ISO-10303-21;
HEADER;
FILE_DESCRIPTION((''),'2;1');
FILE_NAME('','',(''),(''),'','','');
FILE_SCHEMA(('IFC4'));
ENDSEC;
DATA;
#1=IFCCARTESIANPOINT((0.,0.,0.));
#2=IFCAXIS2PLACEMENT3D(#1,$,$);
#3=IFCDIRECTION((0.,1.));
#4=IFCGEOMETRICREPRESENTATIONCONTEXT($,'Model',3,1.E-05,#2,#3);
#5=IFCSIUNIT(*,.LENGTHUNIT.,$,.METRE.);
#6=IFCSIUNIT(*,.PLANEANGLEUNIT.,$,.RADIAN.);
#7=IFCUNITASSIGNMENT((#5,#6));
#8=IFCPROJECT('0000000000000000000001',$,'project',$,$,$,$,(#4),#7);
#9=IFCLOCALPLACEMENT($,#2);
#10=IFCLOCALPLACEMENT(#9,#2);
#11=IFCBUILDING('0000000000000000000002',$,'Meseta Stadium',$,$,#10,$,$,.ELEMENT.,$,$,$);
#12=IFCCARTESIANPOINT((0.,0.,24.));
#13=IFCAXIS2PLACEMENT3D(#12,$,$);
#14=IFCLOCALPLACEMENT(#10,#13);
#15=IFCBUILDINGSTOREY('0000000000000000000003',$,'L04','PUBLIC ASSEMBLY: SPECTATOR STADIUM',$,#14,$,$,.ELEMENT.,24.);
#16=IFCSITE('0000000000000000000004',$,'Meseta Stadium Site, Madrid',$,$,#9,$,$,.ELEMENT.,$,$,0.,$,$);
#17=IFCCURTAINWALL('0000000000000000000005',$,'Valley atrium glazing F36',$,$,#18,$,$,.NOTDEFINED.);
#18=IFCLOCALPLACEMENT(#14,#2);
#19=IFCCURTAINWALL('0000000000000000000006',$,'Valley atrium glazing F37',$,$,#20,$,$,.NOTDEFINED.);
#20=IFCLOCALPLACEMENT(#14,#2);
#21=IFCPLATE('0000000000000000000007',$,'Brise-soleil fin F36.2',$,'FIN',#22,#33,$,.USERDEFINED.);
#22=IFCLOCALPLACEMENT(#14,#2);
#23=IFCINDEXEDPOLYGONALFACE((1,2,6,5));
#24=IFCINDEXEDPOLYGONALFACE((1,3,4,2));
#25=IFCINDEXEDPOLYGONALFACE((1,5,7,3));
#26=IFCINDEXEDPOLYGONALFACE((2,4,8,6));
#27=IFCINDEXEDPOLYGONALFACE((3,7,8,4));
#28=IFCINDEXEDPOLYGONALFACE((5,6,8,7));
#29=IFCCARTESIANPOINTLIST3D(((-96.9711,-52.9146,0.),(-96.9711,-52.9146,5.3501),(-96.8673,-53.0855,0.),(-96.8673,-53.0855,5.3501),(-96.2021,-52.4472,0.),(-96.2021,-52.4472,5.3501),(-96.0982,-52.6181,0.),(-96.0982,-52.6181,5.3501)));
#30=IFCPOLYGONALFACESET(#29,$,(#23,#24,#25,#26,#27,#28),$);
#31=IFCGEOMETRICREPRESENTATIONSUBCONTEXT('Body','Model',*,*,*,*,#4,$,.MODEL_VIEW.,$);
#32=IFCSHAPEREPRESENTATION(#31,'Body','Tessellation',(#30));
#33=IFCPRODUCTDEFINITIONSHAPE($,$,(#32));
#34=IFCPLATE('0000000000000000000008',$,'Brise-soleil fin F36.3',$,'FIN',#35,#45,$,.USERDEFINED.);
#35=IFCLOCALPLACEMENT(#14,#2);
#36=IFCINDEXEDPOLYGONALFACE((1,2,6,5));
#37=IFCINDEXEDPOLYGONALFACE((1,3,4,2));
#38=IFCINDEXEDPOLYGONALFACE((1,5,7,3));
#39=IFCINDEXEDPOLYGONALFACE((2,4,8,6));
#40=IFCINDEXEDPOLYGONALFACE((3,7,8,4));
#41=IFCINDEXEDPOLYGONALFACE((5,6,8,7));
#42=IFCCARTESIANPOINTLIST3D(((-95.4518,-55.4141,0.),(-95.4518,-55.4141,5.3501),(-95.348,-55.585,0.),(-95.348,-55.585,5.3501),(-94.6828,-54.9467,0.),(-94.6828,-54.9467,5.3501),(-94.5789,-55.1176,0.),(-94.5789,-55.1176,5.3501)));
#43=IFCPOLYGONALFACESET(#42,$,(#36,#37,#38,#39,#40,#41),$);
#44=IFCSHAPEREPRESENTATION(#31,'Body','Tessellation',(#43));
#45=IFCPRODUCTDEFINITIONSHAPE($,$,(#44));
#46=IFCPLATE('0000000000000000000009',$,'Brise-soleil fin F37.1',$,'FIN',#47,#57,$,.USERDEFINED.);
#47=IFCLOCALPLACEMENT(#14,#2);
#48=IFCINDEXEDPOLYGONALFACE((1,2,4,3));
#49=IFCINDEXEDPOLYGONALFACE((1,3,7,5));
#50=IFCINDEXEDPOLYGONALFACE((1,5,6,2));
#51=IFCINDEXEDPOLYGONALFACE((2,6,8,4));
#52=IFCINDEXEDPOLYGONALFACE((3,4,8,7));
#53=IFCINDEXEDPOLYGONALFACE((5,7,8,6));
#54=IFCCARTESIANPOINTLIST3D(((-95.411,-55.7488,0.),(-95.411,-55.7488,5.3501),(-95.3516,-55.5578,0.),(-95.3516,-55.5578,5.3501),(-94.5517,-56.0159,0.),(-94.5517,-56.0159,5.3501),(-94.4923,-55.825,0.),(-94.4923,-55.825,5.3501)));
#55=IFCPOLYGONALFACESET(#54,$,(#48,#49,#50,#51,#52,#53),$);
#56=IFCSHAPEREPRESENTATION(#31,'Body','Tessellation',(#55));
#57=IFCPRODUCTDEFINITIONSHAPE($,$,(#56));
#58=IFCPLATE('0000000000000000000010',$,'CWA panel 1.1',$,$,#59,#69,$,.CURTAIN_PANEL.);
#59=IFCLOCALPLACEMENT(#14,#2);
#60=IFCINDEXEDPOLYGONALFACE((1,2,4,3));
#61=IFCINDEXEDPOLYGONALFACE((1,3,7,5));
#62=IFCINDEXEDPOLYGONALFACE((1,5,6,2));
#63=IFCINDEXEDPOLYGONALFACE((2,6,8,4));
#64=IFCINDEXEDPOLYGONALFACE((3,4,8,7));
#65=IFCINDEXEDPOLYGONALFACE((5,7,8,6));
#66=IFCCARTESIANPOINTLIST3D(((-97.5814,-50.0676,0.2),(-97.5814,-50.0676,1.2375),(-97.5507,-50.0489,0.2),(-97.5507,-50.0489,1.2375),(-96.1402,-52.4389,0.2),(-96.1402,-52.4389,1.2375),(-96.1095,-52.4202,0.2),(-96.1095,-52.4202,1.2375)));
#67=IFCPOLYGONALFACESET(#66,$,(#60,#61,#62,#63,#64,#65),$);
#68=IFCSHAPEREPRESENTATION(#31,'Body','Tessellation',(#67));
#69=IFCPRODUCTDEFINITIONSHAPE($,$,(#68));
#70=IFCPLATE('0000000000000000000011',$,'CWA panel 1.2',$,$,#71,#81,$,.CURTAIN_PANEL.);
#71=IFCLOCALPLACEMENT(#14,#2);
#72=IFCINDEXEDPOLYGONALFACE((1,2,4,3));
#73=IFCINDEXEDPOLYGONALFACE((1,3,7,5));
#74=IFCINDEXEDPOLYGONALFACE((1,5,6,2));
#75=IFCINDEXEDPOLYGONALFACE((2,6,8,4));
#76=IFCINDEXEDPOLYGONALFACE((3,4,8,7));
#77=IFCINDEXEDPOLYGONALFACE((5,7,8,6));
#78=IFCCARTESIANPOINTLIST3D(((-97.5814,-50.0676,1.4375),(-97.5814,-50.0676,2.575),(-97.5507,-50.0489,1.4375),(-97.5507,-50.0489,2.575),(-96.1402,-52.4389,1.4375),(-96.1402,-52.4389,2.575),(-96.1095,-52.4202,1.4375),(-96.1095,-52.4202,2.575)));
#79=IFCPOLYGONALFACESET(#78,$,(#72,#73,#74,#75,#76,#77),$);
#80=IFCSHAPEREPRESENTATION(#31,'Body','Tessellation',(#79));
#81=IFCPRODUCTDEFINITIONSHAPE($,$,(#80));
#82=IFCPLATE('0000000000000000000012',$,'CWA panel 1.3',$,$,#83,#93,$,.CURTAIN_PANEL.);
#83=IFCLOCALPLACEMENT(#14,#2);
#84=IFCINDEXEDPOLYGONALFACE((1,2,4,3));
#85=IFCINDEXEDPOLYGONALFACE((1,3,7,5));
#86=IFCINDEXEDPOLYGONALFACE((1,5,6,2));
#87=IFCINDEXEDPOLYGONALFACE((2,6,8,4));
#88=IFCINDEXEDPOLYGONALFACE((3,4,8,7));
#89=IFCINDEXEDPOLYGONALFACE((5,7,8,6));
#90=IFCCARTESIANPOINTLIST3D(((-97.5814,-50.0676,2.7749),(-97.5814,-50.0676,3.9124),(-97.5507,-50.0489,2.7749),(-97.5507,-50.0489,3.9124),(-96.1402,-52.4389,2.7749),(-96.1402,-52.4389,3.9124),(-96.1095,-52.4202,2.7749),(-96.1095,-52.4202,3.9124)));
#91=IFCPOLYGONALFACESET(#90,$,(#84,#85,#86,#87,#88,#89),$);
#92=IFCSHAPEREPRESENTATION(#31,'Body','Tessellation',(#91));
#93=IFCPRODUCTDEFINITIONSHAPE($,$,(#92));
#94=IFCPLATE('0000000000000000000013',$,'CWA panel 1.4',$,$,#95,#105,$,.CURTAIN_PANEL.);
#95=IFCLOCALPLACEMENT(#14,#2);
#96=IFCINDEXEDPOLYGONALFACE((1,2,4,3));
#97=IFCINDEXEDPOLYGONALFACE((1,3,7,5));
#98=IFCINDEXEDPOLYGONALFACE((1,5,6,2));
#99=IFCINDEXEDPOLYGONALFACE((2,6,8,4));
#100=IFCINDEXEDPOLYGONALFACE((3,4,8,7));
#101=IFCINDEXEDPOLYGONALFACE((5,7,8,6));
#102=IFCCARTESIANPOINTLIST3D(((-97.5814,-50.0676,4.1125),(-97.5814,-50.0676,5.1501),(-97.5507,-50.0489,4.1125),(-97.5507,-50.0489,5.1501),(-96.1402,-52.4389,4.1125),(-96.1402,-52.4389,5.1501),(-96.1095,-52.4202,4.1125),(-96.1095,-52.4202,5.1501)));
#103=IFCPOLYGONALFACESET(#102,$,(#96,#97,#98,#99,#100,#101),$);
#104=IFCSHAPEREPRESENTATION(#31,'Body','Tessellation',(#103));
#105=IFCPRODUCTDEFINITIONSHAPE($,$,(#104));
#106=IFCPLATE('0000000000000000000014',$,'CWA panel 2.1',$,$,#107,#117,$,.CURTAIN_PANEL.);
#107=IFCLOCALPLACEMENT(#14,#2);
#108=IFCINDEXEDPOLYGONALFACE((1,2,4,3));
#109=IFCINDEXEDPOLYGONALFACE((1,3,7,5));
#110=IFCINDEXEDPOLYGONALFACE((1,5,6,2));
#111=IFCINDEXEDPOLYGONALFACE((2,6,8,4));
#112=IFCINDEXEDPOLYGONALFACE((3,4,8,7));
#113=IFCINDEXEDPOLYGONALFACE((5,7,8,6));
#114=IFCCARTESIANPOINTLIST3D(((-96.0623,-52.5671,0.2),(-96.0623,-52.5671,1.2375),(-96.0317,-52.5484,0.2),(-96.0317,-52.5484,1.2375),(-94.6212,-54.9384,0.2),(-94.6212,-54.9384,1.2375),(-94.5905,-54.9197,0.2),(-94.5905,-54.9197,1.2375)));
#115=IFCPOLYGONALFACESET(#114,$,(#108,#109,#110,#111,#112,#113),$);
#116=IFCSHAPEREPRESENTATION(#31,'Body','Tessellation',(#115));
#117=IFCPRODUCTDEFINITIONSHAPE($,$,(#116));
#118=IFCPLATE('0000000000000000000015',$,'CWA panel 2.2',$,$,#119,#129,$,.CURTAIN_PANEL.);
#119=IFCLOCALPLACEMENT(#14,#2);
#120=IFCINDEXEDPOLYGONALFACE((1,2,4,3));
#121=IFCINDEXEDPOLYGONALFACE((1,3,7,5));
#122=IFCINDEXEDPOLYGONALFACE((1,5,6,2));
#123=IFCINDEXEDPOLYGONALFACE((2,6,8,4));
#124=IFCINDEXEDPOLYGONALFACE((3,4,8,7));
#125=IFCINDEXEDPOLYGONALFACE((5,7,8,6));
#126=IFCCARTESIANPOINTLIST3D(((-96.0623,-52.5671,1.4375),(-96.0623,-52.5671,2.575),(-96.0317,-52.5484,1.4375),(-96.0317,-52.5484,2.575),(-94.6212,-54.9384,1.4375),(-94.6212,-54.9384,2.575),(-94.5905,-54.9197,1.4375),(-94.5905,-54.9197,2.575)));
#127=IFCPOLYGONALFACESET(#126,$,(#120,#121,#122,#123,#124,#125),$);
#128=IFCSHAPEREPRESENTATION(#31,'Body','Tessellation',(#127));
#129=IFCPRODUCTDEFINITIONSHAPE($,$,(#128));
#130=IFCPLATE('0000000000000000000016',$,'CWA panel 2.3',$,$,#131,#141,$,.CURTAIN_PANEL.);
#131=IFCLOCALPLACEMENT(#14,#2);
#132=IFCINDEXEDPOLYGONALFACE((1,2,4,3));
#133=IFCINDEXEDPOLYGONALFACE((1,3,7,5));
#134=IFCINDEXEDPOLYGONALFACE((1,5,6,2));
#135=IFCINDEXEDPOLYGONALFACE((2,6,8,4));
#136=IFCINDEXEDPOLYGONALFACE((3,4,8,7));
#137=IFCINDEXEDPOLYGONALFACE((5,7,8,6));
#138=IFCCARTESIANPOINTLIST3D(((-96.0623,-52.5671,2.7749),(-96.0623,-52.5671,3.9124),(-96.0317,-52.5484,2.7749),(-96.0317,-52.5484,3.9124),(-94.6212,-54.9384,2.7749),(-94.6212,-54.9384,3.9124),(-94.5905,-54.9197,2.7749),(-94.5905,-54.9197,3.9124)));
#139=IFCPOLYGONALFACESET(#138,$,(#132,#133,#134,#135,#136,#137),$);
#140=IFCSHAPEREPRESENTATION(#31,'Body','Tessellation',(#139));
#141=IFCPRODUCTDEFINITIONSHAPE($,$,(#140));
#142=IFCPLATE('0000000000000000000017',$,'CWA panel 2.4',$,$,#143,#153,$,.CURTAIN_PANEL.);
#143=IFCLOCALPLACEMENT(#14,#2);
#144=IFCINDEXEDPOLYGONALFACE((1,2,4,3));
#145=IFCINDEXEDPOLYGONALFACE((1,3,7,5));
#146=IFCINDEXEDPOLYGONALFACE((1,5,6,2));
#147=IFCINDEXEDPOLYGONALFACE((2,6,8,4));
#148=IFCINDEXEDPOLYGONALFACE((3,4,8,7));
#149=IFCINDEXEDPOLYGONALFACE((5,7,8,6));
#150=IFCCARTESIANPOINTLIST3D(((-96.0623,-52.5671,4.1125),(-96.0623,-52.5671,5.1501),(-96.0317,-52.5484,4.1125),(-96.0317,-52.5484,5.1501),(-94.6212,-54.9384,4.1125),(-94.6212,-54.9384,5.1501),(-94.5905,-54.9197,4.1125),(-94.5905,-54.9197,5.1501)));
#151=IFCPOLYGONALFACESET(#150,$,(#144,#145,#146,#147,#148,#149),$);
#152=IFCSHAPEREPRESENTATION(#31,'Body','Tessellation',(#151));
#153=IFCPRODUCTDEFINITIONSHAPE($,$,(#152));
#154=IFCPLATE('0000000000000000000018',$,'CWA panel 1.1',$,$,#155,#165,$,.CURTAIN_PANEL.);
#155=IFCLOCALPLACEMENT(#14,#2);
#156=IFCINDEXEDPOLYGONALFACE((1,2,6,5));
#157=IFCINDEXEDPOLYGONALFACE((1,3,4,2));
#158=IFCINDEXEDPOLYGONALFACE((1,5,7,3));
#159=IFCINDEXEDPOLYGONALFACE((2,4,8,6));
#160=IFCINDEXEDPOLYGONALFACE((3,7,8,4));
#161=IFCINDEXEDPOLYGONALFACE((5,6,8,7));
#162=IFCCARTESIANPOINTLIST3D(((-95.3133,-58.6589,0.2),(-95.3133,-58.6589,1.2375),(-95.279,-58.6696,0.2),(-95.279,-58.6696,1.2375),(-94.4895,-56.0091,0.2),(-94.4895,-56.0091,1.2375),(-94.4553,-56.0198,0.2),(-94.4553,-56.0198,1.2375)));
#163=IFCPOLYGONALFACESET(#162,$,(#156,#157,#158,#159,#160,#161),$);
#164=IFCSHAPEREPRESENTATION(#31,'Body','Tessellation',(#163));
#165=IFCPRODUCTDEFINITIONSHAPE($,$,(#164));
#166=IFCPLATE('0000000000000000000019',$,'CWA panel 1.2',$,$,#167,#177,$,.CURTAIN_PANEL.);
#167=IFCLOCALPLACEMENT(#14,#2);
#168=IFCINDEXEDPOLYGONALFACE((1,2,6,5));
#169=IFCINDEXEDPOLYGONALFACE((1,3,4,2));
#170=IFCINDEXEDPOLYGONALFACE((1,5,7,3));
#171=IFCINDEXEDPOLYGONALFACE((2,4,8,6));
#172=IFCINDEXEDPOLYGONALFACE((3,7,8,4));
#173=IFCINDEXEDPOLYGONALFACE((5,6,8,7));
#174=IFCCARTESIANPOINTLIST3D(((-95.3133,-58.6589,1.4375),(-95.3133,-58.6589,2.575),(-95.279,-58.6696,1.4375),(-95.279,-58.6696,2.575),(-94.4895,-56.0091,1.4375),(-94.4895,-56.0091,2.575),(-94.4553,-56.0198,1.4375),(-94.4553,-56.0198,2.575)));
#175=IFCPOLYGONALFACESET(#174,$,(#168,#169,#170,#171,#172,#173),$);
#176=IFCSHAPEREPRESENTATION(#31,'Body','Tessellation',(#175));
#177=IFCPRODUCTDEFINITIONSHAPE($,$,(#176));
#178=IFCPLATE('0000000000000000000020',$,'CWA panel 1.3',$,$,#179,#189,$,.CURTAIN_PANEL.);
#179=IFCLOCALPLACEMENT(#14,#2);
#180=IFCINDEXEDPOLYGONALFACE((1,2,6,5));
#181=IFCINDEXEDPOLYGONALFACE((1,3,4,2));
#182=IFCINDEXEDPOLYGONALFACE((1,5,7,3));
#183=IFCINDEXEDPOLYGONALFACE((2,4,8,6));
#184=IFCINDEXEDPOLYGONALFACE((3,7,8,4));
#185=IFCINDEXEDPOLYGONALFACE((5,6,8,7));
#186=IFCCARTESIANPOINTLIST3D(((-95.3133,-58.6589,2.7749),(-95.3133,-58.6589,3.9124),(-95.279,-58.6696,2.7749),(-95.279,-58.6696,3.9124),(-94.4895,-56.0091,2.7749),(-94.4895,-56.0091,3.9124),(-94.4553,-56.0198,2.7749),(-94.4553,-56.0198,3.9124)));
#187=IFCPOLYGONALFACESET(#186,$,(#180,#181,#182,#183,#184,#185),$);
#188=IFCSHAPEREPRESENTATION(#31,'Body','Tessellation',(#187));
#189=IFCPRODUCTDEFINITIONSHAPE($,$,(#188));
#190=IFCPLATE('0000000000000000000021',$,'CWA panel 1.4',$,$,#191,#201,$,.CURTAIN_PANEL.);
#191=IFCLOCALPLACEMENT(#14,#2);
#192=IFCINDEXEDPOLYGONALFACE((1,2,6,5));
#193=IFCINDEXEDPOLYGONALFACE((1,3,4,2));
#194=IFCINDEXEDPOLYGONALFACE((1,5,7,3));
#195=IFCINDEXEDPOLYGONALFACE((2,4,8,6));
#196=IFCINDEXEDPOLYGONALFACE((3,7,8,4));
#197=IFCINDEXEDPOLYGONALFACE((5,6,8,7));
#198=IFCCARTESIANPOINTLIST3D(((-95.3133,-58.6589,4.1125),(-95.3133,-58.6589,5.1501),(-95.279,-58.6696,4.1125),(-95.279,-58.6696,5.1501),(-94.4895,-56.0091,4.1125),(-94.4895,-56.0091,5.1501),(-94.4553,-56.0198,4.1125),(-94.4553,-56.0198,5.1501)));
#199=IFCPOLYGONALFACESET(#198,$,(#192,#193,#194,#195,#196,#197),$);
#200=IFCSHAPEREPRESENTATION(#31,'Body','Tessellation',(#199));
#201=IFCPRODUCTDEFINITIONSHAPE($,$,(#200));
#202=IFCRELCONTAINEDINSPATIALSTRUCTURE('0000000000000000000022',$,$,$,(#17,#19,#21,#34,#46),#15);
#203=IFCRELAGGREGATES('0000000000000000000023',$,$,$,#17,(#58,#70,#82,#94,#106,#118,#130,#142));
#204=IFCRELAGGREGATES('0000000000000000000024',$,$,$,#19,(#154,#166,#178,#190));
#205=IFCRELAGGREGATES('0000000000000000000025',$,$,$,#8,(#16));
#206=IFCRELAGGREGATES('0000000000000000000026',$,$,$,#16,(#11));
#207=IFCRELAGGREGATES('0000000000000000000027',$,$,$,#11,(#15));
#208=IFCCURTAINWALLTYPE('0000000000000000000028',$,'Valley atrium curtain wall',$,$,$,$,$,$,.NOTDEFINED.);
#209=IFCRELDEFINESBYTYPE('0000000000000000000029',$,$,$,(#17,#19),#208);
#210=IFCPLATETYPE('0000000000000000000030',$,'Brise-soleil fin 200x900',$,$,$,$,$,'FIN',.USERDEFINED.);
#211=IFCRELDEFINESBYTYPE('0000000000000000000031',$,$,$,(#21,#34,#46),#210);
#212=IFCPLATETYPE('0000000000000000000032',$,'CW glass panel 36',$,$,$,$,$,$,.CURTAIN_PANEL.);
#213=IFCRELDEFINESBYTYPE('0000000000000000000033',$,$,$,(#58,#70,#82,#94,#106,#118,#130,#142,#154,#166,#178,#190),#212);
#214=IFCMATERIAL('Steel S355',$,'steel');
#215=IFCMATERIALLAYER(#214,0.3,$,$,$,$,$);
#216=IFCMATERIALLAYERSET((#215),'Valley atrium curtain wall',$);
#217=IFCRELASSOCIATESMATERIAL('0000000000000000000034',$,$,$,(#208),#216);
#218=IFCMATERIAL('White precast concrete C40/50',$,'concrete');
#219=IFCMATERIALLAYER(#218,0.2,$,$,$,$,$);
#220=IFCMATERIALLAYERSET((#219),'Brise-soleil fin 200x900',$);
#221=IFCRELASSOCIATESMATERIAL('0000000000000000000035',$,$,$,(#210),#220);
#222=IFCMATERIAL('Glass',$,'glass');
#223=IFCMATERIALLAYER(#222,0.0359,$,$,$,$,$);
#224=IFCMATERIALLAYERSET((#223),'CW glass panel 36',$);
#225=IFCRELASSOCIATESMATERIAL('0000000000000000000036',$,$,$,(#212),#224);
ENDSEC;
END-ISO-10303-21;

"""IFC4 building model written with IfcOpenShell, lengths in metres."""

from ifc_helpers import new_model, si_unit, direction, frame, origin, origin_2d, place, context, subcontext, project, spatial, rectangle, extrude, material, layer, layer_set, type_object, element, aggregate, save


model = new_model("IFC4")

# Units and contexts
model_context = context("Model", 3, precision=1e-05, world=origin(), true_north=direction((0.0, 1.0)))
body_context = subcontext(model_context, "Body", "Model", "MODEL_VIEW")
ifc_project = project(units=[si_unit("LENGTHUNIT", "METRE"), si_unit("PLANEANGLEUNIT", "RADIAN")], contexts=[model_context])

# Site, building, storey
site_placement = place(None, origin())
site = spatial("IfcSite", under=ifc_project, at=site_placement, Name="Meseta Stadium Site, Madrid", CompositionType="ELEMENT", RefElevation=0.0)
building_placement = place(site_placement, origin())
building = spatial("IfcBuilding", under=site, at=building_placement, Name="Meseta Stadium", CompositionType="ELEMENT")
storey_placement = place(building_placement, frame((0.0, 0.0, 24.0)))
storey = spatial("IfcBuildingStorey", under=building, at=storey_placement, Name="L04", Description="PUBLIC ASSEMBLY: SPECTATOR STADIUM", CompositionType="ELEMENT", Elevation=24.0)

# Curtain wall
ifc_material_1 = material(Name="Steel S355", Category="steel")
ifc_layer_1 = layer(ifc_material_1, 0.3)
ifc_layer_set_1 = layer_set([ifc_layer_1], Name="Valley atrium curtain wall")
curtain_wall_type = type_object("IfcCurtainWallType", Name="Valley atrium curtain wall", PredefinedType="NOTDEFINED", material=ifc_layer_set_1)
curtain_wall_1_placement = place(storey_placement, origin())
curtain_wall_1 = element("IfcCurtainWall", 1, at=curtain_wall_1_placement, inside=storey, type_object=curtain_wall_type, Name="Valley atrium glazing F36", PredefinedType="NOTDEFINED")

# Curtain wall
curtain_wall_2_placement = place(storey_placement, origin())
curtain_wall_2 = element("IfcCurtainWall", 2, at=curtain_wall_2_placement, inside=storey, type_object=curtain_wall_type, Name="Valley atrium glazing F37", PredefinedType="NOTDEFINED")

# Plates
ifc_material_2 = material(Name="White precast concrete C40/50", Category="concrete")
ifc_layer_2 = layer(ifc_material_2, 0.2)
ifc_layer_set_2 = layer_set([ifc_layer_2], Name="Brise-soleil fin 200x900")
plate_type_1 = type_object("IfcPlateType", Name="Brise-soleil fin 200x900", ElementType="FIN", PredefinedType="USERDEFINED", material=ifc_layer_set_2)
for number, where, z_axis, x_axis, name in (
    (3, (-96.5347, -52.7664, 0.0), (0.0, 0.0, 1.0), (0.519362, -0.854554, 0.0), "Brise-soleil fin F36.2"),
    (4, (-95.0154, -55.2659, 0.0), (0.0, 0.0, 1.0), (0.519362, -0.854554, 0.0), "Brise-soleil fin F36.3"),
    (5, (-94.9517, -55.7869, 0.0), (0.0, 0.0, 1.0), (-0.296869, -0.954918, 0.0), "Brise-soleil fin F37.1"),
):
    element("IfcPlate", number, at=place(storey_placement, frame(where, z_axis=z_axis, x_axis=x_axis)), inside=storey, type_object=plate_type_1, Name=name, ObjectType="FIN", PredefinedType="USERDEFINED", context=body_context, shape_type="SweptSolid", body=[
        extrude(rectangle(XDim=0.2, YDim=0.8999, at=origin_2d()), origin(), (0.0, 0.0, 1.0), 5.3501),
    ])

# Plates
ifc_material_3 = material(Name="Glass", Category="glass")
ifc_layer_3 = layer(ifc_material_3, 0.0359)
ifc_layer_set_3 = layer_set([ifc_layer_3], Name="CW glass panel 36")
plate_type_2 = type_object("IfcPlateType", Name="CW glass panel 36", PredefinedType="CURTAIN_PANEL", material=ifc_layer_set_3)
plate_1_placement = place(storey_placement, frame((-96.8455, -51.2439, 0.2), z_axis=(0.0, 0.0, 1.0), x_axis=(0.519362, -0.854554, 0.0)))
plate_1 = element("IfcPlate", 6, at=plate_1_placement, type_object=plate_type_2, Name="CWA panel 1.1", PredefinedType="CURTAIN_PANEL", context=body_context, shape_type="SweptSolid", body=[
    extrude(rectangle(XDim=2.7749, YDim=0.0359, at=origin_2d()), origin(), (0.0, 0.0, 1.0), 1.0376),
])
plate_2_placement = place(storey_placement, frame((-96.8455, -51.2439, 1.4375), z_axis=(0.0, 0.0, 1.0), x_axis=(0.519362, -0.854554, 0.0)))
plate_2 = element("IfcPlate", 7, at=plate_2_placement, type_object=plate_type_2, Name="CWA panel 1.2", PredefinedType="CURTAIN_PANEL", context=body_context, shape_type="SweptSolid", body=[
    extrude(rectangle(XDim=2.7749, YDim=0.0359, at=origin_2d()), origin(), (0.0, 0.0, 1.0), 1.1375),
])
plate_3_placement = place(storey_placement, frame((-96.8455, -51.2439, 2.7749), z_axis=(0.0, 0.0, 1.0), x_axis=(0.519362, -0.854554, 0.0)))
plate_3 = element("IfcPlate", 8, at=plate_3_placement, type_object=plate_type_2, Name="CWA panel 1.3", PredefinedType="CURTAIN_PANEL", context=body_context, shape_type="SweptSolid", body=[
    extrude(rectangle(XDim=2.7749, YDim=0.0359, at=origin_2d()), origin(), (0.0, 0.0, 1.0), 1.1375),
])
plate_4_placement = place(storey_placement, frame((-96.8455, -51.2439, 4.1125), z_axis=(0.0, 0.0, 1.0), x_axis=(0.519362, -0.854554, 0.0)))
plate_4 = element("IfcPlate", 9, at=plate_4_placement, type_object=plate_type_2, Name="CWA panel 1.4", PredefinedType="CURTAIN_PANEL", context=body_context, shape_type="SweptSolid", body=[
    extrude(rectangle(XDim=2.7749, YDim=0.0359, at=origin_2d()), origin(), (0.0, 0.0, 1.0), 1.0376),
])
plate_5_placement = place(storey_placement, frame((-95.3264, -53.7434, 0.2), z_axis=(0.0, 0.0, 1.0), x_axis=(0.519362, -0.854554, 0.0)))
plate_5 = element("IfcPlate", 10, at=plate_5_placement, type_object=plate_type_2, Name="CWA panel 2.1", PredefinedType="CURTAIN_PANEL", context=body_context, shape_type="SweptSolid", body=[
    extrude(rectangle(XDim=2.7749, YDim=0.0359, at=origin_2d()), origin(), (0.0, 0.0, 1.0), 1.0376),
])
plate_6_placement = place(storey_placement, frame((-95.3264, -53.7434, 1.4375), z_axis=(0.0, 0.0, 1.0), x_axis=(0.519362, -0.854554, 0.0)))
plate_6 = element("IfcPlate", 11, at=plate_6_placement, type_object=plate_type_2, Name="CWA panel 2.2", PredefinedType="CURTAIN_PANEL", context=body_context, shape_type="SweptSolid", body=[
    extrude(rectangle(XDim=2.7749, YDim=0.0359, at=origin_2d()), origin(), (0.0, 0.0, 1.0), 1.1375),
])
plate_7_placement = place(storey_placement, frame((-95.3264, -53.7434, 2.7749), z_axis=(0.0, 0.0, 1.0), x_axis=(0.519362, -0.854554, 0.0)))
plate_7 = element("IfcPlate", 12, at=plate_7_placement, type_object=plate_type_2, Name="CWA panel 2.3", PredefinedType="CURTAIN_PANEL", context=body_context, shape_type="SweptSolid", body=[
    extrude(rectangle(XDim=2.7749, YDim=0.0359, at=origin_2d()), origin(), (0.0, 0.0, 1.0), 1.1375),
])
plate_8_placement = place(storey_placement, frame((-95.3264, -53.7434, 4.1125), z_axis=(0.0, 0.0, 1.0), x_axis=(0.519362, -0.854554, 0.0)))
plate_8 = element("IfcPlate", 13, at=plate_8_placement, type_object=plate_type_2, Name="CWA panel 2.4", PredefinedType="CURTAIN_PANEL", context=body_context, shape_type="SweptSolid", body=[
    extrude(rectangle(XDim=2.7749, YDim=0.0359, at=origin_2d()), origin(), (0.0, 0.0, 1.0), 1.0376),
])
aggregate(curtain_wall_1, [plate_1, plate_2, plate_3, plate_4, plate_5, plate_6, plate_7, plate_8])
plate_9_placement = place(storey_placement, frame((-94.8843, -57.3394, 0.2), z_axis=(0.0, 0.0, 1.0), x_axis=(-0.296869, -0.954918, 0.0)))
plate_9 = element("IfcPlate", 14, at=plate_9_placement, type_object=plate_type_2, Name="CWA panel 1.1", PredefinedType="CURTAIN_PANEL", context=body_context, shape_type="SweptSolid", body=[
    extrude(rectangle(XDim=2.7749, YDim=0.0359, at=origin_2d()), origin(), (0.0, 0.0, 1.0), 1.0376),
])
plate_10_placement = place(storey_placement, frame((-94.8843, -57.3394, 1.4375), z_axis=(0.0, 0.0, 1.0), x_axis=(-0.296869, -0.954918, 0.0)))
plate_10 = element("IfcPlate", 15, at=plate_10_placement, type_object=plate_type_2, Name="CWA panel 1.2", PredefinedType="CURTAIN_PANEL", context=body_context, shape_type="SweptSolid", body=[
    extrude(rectangle(XDim=2.7749, YDim=0.0359, at=origin_2d()), origin(), (0.0, 0.0, 1.0), 1.1375),
])
plate_11_placement = place(storey_placement, frame((-94.8843, -57.3394, 2.7749), z_axis=(0.0, 0.0, 1.0), x_axis=(-0.296869, -0.954918, 0.0)))
plate_11 = element("IfcPlate", 16, at=plate_11_placement, type_object=plate_type_2, Name="CWA panel 1.3", PredefinedType="CURTAIN_PANEL", context=body_context, shape_type="SweptSolid", body=[
    extrude(rectangle(XDim=2.7749, YDim=0.0359, at=origin_2d()), origin(), (0.0, 0.0, 1.0), 1.1375),
])
plate_12_placement = place(storey_placement, frame((-94.8843, -57.3394, 4.1125), z_axis=(0.0, 0.0, 1.0), x_axis=(-0.296869, -0.954918, 0.0)))
plate_12 = element("IfcPlate", 17, at=plate_12_placement, type_object=plate_type_2, Name="CWA panel 1.4", PredefinedType="CURTAIN_PANEL", context=body_context, shape_type="SweptSolid", body=[
    extrude(rectangle(XDim=2.7749, YDim=0.0359, at=origin_2d()), origin(), (0.0, 0.0, 1.0), 1.0376),
])
aggregate(curtain_wall_2, [plate_9, plate_10, plate_11, plate_12])

save(model, "model.ifc")
